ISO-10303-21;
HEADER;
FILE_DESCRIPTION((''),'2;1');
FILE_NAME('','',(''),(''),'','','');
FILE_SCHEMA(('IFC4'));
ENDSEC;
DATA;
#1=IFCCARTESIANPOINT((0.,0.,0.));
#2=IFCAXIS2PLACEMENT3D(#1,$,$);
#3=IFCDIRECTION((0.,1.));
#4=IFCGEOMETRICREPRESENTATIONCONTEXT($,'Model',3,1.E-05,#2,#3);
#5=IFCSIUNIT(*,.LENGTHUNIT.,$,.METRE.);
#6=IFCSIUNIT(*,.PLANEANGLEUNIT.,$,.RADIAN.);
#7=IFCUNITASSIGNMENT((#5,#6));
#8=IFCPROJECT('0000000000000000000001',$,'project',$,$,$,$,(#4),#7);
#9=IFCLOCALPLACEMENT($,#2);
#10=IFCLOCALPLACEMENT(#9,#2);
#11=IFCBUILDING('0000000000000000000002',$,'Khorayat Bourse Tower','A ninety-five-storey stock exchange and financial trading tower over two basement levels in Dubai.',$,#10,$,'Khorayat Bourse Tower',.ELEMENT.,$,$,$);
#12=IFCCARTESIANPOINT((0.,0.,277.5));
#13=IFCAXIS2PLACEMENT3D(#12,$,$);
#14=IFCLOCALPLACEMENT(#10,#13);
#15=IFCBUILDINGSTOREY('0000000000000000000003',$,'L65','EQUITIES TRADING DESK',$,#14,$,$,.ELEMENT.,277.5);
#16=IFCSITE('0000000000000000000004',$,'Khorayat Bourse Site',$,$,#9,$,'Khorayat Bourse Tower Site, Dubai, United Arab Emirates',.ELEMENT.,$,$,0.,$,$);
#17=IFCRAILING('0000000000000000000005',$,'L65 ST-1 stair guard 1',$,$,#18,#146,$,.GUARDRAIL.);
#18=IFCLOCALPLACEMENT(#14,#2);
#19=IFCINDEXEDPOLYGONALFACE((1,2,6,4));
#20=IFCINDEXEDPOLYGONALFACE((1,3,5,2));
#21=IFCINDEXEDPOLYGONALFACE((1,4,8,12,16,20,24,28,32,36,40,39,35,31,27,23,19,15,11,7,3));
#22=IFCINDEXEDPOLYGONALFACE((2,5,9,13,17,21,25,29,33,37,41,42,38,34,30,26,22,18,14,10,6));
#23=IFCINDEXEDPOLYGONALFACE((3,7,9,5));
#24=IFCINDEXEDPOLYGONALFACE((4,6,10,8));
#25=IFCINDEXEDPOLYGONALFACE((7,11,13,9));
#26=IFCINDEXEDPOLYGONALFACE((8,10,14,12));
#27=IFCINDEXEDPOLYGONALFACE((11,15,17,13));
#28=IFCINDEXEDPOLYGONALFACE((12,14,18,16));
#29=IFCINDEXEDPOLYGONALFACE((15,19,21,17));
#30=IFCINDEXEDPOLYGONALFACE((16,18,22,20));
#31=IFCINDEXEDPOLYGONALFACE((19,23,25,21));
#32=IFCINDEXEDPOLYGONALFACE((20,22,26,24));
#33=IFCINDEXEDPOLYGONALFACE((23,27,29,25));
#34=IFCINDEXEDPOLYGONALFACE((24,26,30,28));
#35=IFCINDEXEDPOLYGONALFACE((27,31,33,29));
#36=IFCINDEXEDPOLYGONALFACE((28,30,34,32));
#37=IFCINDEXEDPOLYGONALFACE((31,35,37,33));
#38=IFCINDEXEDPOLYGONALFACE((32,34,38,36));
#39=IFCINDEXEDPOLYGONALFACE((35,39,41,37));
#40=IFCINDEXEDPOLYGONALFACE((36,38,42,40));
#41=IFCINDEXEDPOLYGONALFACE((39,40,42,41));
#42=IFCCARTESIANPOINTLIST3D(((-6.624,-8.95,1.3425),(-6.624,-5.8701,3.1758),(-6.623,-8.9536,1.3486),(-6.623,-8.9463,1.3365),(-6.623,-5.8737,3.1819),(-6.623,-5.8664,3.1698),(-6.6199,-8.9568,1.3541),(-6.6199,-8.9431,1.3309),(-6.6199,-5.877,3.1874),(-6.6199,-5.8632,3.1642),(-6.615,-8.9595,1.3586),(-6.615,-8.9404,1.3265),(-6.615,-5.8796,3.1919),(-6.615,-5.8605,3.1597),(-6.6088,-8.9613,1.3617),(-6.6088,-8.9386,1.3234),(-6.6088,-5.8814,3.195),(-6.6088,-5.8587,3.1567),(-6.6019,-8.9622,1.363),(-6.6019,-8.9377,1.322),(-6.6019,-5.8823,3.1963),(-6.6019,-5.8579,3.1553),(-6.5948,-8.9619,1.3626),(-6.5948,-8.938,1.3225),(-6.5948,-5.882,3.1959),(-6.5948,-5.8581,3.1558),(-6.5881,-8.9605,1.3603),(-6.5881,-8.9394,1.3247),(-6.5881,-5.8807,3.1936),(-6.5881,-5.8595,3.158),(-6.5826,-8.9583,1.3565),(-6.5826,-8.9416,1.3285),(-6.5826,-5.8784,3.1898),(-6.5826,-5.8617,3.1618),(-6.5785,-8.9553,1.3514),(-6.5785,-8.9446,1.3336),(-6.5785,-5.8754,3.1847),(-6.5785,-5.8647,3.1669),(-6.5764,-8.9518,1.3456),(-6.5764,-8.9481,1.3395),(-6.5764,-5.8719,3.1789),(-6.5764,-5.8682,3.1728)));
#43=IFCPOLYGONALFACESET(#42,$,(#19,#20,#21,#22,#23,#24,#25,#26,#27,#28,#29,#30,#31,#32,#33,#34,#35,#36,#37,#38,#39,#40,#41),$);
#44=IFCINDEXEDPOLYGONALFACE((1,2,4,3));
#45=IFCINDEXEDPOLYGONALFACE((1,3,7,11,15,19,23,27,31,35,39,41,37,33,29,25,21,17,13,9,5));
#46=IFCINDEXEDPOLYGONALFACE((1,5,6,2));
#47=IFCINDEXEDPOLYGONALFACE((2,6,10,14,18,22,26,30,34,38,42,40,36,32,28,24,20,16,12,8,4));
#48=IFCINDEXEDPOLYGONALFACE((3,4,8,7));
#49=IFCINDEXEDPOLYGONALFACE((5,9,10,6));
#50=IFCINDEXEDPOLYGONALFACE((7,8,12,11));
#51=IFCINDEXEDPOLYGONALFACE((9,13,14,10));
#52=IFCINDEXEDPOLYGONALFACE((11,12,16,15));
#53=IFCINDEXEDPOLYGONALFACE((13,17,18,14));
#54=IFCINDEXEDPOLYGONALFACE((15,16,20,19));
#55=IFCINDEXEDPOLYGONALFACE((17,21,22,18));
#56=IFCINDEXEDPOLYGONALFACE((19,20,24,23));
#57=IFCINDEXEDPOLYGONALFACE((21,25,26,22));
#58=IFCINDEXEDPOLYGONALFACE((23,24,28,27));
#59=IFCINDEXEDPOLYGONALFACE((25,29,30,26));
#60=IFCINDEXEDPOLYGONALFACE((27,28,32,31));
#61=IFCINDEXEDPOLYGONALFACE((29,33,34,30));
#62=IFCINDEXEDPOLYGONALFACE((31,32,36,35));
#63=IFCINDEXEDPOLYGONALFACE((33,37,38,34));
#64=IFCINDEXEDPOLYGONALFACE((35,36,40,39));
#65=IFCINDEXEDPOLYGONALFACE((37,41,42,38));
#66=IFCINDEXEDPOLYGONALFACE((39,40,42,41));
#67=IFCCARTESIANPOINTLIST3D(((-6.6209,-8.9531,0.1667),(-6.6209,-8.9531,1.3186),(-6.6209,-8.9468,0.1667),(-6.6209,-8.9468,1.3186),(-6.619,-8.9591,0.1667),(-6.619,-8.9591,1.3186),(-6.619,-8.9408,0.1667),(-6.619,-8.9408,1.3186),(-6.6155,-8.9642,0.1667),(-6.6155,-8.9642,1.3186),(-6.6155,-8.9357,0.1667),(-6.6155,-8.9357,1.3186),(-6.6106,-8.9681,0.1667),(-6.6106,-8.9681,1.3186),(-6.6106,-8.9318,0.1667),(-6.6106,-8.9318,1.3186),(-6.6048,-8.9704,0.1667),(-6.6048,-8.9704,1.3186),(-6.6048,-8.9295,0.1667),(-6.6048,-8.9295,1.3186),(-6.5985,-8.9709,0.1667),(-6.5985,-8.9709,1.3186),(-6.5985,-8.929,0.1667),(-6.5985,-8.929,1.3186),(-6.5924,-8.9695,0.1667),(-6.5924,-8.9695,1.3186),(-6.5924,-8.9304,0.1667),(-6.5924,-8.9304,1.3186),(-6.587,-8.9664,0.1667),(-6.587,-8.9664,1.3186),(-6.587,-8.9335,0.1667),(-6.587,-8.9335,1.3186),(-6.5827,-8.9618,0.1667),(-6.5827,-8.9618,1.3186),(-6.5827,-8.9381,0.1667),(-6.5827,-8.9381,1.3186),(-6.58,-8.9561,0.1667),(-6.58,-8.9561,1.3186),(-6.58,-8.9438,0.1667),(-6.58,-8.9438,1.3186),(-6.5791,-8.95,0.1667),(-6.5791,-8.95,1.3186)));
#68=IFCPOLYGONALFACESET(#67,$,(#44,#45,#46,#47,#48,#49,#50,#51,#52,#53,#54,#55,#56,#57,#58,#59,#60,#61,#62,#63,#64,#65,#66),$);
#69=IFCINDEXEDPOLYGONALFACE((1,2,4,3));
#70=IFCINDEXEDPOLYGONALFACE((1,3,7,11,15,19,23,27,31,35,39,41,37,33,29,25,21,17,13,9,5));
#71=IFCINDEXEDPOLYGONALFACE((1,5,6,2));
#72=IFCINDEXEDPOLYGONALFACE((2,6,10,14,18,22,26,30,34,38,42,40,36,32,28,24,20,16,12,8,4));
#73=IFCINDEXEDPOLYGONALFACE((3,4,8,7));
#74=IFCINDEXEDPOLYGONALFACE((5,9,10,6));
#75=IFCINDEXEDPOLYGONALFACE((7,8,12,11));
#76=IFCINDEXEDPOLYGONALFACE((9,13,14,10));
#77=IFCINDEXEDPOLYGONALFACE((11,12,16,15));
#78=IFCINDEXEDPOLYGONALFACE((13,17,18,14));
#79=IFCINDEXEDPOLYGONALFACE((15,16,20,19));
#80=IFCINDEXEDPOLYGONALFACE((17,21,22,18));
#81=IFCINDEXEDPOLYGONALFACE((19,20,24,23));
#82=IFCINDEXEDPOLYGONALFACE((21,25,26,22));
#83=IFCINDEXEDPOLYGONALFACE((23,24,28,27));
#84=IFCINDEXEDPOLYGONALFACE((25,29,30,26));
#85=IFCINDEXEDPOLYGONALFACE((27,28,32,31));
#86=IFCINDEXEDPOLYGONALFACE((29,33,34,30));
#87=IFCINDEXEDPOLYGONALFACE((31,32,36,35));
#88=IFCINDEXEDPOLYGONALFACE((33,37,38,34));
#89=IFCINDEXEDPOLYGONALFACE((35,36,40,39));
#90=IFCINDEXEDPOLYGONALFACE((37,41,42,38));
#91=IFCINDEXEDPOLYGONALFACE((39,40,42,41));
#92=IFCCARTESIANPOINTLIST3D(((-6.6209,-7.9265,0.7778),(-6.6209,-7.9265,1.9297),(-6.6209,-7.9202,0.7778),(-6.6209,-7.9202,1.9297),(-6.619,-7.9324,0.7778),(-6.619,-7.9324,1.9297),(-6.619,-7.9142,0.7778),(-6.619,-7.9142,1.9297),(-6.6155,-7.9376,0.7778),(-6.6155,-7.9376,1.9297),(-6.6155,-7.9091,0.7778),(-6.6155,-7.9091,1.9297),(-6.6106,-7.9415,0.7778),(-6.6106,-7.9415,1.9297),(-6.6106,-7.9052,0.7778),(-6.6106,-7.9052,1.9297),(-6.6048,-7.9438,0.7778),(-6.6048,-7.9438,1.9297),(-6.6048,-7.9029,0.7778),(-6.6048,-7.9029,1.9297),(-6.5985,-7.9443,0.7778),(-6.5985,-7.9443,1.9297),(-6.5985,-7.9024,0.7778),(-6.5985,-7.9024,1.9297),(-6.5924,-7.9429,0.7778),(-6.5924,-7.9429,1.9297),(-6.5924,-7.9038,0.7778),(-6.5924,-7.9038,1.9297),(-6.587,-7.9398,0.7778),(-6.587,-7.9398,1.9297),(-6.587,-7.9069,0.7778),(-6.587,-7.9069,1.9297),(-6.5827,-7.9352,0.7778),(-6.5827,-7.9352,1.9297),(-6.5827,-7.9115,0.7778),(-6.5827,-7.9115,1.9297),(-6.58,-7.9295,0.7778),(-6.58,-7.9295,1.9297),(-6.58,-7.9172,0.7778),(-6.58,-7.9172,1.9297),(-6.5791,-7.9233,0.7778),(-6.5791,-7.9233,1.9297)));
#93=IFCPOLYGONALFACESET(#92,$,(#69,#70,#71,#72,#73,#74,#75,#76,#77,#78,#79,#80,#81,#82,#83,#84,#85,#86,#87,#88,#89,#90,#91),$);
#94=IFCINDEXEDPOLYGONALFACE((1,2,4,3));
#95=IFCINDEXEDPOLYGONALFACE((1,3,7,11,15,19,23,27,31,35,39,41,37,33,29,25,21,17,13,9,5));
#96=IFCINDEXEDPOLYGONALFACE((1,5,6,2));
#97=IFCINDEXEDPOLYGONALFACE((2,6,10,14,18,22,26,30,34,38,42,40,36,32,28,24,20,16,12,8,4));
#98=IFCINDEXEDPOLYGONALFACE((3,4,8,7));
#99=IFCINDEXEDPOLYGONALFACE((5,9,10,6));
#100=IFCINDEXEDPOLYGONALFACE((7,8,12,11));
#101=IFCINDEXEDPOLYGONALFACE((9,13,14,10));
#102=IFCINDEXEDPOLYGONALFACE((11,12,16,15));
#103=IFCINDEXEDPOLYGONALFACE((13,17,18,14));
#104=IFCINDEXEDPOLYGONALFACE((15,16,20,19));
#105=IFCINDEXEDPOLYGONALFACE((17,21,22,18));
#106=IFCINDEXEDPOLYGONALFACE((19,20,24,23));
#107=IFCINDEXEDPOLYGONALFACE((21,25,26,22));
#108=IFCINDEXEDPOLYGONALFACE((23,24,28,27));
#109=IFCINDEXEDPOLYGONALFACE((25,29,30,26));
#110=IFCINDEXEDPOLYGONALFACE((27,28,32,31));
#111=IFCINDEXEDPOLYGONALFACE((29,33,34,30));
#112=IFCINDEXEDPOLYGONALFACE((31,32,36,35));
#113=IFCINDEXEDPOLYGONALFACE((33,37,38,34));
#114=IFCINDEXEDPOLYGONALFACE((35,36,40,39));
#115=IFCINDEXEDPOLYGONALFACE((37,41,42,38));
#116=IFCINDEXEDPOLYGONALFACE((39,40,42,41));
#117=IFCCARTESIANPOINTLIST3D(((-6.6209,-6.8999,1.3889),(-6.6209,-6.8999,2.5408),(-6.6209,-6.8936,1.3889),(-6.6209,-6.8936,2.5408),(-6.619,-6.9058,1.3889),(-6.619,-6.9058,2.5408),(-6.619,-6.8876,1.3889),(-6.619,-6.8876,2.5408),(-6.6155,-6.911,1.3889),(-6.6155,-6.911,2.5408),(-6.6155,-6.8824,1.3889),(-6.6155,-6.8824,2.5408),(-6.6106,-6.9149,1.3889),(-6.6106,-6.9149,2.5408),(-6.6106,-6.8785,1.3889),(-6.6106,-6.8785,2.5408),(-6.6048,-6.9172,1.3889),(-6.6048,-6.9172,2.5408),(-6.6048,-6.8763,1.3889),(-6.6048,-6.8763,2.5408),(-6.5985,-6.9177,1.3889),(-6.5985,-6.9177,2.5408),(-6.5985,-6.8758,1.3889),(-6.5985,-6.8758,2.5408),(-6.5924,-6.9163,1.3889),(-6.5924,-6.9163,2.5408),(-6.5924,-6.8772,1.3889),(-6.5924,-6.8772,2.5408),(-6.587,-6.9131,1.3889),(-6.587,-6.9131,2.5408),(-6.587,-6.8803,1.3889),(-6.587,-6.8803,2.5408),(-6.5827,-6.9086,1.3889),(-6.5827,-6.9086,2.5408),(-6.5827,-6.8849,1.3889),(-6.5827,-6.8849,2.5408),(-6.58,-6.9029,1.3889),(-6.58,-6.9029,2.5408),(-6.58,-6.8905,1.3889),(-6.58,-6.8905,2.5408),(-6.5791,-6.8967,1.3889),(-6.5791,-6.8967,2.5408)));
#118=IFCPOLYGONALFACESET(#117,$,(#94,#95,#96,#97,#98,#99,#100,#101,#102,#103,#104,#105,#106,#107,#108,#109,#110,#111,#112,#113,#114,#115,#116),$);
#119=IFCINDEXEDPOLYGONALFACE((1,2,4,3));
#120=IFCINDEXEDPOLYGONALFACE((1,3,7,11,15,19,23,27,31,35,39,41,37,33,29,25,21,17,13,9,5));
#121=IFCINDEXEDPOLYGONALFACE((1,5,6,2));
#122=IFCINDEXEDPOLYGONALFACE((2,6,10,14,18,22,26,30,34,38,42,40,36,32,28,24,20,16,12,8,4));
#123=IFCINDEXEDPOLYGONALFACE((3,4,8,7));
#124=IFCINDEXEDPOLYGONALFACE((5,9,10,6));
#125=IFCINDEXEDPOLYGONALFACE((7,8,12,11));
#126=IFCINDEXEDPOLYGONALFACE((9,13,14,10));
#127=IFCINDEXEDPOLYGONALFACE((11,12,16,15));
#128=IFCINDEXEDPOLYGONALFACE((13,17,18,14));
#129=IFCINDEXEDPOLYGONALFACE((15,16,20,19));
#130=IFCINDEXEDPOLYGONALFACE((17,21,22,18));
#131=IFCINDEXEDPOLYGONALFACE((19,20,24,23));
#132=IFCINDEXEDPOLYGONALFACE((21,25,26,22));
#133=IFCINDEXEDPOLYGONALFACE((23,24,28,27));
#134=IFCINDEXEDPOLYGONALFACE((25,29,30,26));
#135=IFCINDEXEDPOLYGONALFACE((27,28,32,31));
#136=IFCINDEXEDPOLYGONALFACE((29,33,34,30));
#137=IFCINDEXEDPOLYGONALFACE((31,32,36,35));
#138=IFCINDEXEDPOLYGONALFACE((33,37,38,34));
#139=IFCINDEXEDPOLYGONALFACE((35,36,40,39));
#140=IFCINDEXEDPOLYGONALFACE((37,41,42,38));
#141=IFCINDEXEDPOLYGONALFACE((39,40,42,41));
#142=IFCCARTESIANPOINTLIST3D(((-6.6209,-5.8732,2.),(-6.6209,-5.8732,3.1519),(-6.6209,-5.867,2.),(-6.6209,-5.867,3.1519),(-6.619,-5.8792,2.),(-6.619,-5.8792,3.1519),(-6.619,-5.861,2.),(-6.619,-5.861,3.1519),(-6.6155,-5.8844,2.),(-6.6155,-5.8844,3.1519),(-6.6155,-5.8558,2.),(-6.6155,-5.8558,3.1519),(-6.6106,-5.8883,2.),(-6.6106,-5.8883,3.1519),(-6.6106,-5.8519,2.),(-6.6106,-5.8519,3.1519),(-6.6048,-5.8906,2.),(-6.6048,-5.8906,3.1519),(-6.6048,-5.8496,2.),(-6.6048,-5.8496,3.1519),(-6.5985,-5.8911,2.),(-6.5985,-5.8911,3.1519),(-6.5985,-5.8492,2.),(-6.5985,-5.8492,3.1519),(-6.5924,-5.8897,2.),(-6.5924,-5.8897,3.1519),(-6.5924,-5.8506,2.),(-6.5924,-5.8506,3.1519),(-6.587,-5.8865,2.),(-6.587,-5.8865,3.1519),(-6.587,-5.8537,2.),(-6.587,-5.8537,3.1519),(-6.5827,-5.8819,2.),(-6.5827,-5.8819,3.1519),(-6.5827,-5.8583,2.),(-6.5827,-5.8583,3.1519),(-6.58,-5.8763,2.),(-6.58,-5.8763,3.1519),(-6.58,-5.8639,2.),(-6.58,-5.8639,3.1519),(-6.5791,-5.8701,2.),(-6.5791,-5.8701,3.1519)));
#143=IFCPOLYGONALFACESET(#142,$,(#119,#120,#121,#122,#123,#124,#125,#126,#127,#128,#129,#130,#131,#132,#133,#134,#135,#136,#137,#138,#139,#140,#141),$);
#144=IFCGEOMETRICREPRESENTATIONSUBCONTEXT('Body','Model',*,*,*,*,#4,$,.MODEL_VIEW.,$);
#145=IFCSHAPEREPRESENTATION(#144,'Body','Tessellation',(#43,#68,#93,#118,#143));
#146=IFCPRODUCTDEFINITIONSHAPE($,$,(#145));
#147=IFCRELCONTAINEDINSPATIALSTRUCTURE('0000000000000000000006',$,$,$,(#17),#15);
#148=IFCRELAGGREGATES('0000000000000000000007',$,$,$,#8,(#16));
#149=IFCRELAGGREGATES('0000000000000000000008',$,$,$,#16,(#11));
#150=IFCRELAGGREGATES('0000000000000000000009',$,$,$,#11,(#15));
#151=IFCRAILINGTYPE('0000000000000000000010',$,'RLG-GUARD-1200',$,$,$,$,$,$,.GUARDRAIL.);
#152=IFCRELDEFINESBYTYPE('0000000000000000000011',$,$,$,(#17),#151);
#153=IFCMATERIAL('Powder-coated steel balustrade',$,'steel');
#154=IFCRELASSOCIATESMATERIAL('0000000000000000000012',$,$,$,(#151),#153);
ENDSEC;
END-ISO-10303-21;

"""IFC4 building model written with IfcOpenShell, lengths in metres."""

from ifc_helpers import new_model, si_unit, direction, frame, origin, origin_2d, place, context, subcontext, project, spatial, circle, extrude, source, transform, mapped, material, type_object, element, save


model = new_model("IFC4")

# Units and contexts
model_context = context("Model", 3, precision=1e-05, world=origin(), true_north=direction((0.0, 1.0)))
body_context = subcontext(model_context, "Body", "Model", "MODEL_VIEW")
ifc_project = project(units=[si_unit("LENGTHUNIT", "METRE"), si_unit("PLANEANGLEUNIT", "RADIAN")], contexts=[model_context])

# Site, building, storey
site_placement = place(None, origin())
site = spatial("IfcSite", under=ifc_project, at=site_placement, Name="Khorayat Bourse Site", LongName="Khorayat Bourse Tower Site, Dubai, United Arab Emirates", CompositionType="ELEMENT", RefElevation=0.0)
building_placement = place(site_placement, origin())
building = spatial("IfcBuilding", under=site, at=building_placement, Name="Khorayat Bourse Tower", Description="A ninety-five-storey stock exchange and financial trading tower over two basement levels in Dubai.", LongName="Khorayat Bourse Tower", CompositionType="ELEMENT")
storey_placement = place(building_placement, frame((0.0, 0.0, 277.5)))
storey = spatial("IfcBuildingStorey", under=building, at=storey_placement, Name="L65", Description="EQUITIES TRADING DESK", CompositionType="ELEMENT", Elevation=277.5)

# Railing
ifc_material_1 = material(Name="Powder-coated steel balustrade", Category="steel")
railing_type_1 = type_object("IfcRailingType", Name="RLG-GUARD-1200", PredefinedType="GUARDRAIL", material=ifc_material_1)
shared_shape_1 = source(origin(), body_context, "Body", "SweptSolid", [
    extrude(circle(Radius=0.0239, at=origin_2d()), frame((0.0, 0.0, 1.1758), z_axis=(0.0, 0.859291, 0.511487), x_axis=(-1.0, 0.0, 0.0)), (0.0, 0.0, 1.0), 3.5842),
    extrude(circle(Radius=0.021, at=origin_2d()), origin(), (0.0, 0.0, 1.0), 1.1519),
    extrude(circle(Radius=0.021, at=origin_2d()), frame((0.0, 1.0266, 0.6111)), (0.0, 0.0, 1.0), 1.1519),
    extrude(circle(Radius=0.021, at=origin_2d()), frame((0.0, 2.0532, 1.2222)), (0.0, 0.0, 1.0), 1.1519),
    extrude(circle(Radius=0.021, at=origin_2d()), frame((0.0, 3.0798, 1.8333)), (0.0, 0.0, 1.0), 1.1519),
])
railing_1_placement = place(storey_placement, frame((-6.6001, -8.95, 0.1667)))
element("IfcRailing", 1, at=railing_1_placement, inside=storey, type_object=railing_type_1, Name="L65 ST-1 stair guard 1", PredefinedType="GUARDRAIL", context=body_context, shape_type="MappedRepresentation", body=[
    mapped(shared_shape_1, transform((0.0, 0.0, 0.0), scale=1.0)),
])

save(model, "model.ifc")
